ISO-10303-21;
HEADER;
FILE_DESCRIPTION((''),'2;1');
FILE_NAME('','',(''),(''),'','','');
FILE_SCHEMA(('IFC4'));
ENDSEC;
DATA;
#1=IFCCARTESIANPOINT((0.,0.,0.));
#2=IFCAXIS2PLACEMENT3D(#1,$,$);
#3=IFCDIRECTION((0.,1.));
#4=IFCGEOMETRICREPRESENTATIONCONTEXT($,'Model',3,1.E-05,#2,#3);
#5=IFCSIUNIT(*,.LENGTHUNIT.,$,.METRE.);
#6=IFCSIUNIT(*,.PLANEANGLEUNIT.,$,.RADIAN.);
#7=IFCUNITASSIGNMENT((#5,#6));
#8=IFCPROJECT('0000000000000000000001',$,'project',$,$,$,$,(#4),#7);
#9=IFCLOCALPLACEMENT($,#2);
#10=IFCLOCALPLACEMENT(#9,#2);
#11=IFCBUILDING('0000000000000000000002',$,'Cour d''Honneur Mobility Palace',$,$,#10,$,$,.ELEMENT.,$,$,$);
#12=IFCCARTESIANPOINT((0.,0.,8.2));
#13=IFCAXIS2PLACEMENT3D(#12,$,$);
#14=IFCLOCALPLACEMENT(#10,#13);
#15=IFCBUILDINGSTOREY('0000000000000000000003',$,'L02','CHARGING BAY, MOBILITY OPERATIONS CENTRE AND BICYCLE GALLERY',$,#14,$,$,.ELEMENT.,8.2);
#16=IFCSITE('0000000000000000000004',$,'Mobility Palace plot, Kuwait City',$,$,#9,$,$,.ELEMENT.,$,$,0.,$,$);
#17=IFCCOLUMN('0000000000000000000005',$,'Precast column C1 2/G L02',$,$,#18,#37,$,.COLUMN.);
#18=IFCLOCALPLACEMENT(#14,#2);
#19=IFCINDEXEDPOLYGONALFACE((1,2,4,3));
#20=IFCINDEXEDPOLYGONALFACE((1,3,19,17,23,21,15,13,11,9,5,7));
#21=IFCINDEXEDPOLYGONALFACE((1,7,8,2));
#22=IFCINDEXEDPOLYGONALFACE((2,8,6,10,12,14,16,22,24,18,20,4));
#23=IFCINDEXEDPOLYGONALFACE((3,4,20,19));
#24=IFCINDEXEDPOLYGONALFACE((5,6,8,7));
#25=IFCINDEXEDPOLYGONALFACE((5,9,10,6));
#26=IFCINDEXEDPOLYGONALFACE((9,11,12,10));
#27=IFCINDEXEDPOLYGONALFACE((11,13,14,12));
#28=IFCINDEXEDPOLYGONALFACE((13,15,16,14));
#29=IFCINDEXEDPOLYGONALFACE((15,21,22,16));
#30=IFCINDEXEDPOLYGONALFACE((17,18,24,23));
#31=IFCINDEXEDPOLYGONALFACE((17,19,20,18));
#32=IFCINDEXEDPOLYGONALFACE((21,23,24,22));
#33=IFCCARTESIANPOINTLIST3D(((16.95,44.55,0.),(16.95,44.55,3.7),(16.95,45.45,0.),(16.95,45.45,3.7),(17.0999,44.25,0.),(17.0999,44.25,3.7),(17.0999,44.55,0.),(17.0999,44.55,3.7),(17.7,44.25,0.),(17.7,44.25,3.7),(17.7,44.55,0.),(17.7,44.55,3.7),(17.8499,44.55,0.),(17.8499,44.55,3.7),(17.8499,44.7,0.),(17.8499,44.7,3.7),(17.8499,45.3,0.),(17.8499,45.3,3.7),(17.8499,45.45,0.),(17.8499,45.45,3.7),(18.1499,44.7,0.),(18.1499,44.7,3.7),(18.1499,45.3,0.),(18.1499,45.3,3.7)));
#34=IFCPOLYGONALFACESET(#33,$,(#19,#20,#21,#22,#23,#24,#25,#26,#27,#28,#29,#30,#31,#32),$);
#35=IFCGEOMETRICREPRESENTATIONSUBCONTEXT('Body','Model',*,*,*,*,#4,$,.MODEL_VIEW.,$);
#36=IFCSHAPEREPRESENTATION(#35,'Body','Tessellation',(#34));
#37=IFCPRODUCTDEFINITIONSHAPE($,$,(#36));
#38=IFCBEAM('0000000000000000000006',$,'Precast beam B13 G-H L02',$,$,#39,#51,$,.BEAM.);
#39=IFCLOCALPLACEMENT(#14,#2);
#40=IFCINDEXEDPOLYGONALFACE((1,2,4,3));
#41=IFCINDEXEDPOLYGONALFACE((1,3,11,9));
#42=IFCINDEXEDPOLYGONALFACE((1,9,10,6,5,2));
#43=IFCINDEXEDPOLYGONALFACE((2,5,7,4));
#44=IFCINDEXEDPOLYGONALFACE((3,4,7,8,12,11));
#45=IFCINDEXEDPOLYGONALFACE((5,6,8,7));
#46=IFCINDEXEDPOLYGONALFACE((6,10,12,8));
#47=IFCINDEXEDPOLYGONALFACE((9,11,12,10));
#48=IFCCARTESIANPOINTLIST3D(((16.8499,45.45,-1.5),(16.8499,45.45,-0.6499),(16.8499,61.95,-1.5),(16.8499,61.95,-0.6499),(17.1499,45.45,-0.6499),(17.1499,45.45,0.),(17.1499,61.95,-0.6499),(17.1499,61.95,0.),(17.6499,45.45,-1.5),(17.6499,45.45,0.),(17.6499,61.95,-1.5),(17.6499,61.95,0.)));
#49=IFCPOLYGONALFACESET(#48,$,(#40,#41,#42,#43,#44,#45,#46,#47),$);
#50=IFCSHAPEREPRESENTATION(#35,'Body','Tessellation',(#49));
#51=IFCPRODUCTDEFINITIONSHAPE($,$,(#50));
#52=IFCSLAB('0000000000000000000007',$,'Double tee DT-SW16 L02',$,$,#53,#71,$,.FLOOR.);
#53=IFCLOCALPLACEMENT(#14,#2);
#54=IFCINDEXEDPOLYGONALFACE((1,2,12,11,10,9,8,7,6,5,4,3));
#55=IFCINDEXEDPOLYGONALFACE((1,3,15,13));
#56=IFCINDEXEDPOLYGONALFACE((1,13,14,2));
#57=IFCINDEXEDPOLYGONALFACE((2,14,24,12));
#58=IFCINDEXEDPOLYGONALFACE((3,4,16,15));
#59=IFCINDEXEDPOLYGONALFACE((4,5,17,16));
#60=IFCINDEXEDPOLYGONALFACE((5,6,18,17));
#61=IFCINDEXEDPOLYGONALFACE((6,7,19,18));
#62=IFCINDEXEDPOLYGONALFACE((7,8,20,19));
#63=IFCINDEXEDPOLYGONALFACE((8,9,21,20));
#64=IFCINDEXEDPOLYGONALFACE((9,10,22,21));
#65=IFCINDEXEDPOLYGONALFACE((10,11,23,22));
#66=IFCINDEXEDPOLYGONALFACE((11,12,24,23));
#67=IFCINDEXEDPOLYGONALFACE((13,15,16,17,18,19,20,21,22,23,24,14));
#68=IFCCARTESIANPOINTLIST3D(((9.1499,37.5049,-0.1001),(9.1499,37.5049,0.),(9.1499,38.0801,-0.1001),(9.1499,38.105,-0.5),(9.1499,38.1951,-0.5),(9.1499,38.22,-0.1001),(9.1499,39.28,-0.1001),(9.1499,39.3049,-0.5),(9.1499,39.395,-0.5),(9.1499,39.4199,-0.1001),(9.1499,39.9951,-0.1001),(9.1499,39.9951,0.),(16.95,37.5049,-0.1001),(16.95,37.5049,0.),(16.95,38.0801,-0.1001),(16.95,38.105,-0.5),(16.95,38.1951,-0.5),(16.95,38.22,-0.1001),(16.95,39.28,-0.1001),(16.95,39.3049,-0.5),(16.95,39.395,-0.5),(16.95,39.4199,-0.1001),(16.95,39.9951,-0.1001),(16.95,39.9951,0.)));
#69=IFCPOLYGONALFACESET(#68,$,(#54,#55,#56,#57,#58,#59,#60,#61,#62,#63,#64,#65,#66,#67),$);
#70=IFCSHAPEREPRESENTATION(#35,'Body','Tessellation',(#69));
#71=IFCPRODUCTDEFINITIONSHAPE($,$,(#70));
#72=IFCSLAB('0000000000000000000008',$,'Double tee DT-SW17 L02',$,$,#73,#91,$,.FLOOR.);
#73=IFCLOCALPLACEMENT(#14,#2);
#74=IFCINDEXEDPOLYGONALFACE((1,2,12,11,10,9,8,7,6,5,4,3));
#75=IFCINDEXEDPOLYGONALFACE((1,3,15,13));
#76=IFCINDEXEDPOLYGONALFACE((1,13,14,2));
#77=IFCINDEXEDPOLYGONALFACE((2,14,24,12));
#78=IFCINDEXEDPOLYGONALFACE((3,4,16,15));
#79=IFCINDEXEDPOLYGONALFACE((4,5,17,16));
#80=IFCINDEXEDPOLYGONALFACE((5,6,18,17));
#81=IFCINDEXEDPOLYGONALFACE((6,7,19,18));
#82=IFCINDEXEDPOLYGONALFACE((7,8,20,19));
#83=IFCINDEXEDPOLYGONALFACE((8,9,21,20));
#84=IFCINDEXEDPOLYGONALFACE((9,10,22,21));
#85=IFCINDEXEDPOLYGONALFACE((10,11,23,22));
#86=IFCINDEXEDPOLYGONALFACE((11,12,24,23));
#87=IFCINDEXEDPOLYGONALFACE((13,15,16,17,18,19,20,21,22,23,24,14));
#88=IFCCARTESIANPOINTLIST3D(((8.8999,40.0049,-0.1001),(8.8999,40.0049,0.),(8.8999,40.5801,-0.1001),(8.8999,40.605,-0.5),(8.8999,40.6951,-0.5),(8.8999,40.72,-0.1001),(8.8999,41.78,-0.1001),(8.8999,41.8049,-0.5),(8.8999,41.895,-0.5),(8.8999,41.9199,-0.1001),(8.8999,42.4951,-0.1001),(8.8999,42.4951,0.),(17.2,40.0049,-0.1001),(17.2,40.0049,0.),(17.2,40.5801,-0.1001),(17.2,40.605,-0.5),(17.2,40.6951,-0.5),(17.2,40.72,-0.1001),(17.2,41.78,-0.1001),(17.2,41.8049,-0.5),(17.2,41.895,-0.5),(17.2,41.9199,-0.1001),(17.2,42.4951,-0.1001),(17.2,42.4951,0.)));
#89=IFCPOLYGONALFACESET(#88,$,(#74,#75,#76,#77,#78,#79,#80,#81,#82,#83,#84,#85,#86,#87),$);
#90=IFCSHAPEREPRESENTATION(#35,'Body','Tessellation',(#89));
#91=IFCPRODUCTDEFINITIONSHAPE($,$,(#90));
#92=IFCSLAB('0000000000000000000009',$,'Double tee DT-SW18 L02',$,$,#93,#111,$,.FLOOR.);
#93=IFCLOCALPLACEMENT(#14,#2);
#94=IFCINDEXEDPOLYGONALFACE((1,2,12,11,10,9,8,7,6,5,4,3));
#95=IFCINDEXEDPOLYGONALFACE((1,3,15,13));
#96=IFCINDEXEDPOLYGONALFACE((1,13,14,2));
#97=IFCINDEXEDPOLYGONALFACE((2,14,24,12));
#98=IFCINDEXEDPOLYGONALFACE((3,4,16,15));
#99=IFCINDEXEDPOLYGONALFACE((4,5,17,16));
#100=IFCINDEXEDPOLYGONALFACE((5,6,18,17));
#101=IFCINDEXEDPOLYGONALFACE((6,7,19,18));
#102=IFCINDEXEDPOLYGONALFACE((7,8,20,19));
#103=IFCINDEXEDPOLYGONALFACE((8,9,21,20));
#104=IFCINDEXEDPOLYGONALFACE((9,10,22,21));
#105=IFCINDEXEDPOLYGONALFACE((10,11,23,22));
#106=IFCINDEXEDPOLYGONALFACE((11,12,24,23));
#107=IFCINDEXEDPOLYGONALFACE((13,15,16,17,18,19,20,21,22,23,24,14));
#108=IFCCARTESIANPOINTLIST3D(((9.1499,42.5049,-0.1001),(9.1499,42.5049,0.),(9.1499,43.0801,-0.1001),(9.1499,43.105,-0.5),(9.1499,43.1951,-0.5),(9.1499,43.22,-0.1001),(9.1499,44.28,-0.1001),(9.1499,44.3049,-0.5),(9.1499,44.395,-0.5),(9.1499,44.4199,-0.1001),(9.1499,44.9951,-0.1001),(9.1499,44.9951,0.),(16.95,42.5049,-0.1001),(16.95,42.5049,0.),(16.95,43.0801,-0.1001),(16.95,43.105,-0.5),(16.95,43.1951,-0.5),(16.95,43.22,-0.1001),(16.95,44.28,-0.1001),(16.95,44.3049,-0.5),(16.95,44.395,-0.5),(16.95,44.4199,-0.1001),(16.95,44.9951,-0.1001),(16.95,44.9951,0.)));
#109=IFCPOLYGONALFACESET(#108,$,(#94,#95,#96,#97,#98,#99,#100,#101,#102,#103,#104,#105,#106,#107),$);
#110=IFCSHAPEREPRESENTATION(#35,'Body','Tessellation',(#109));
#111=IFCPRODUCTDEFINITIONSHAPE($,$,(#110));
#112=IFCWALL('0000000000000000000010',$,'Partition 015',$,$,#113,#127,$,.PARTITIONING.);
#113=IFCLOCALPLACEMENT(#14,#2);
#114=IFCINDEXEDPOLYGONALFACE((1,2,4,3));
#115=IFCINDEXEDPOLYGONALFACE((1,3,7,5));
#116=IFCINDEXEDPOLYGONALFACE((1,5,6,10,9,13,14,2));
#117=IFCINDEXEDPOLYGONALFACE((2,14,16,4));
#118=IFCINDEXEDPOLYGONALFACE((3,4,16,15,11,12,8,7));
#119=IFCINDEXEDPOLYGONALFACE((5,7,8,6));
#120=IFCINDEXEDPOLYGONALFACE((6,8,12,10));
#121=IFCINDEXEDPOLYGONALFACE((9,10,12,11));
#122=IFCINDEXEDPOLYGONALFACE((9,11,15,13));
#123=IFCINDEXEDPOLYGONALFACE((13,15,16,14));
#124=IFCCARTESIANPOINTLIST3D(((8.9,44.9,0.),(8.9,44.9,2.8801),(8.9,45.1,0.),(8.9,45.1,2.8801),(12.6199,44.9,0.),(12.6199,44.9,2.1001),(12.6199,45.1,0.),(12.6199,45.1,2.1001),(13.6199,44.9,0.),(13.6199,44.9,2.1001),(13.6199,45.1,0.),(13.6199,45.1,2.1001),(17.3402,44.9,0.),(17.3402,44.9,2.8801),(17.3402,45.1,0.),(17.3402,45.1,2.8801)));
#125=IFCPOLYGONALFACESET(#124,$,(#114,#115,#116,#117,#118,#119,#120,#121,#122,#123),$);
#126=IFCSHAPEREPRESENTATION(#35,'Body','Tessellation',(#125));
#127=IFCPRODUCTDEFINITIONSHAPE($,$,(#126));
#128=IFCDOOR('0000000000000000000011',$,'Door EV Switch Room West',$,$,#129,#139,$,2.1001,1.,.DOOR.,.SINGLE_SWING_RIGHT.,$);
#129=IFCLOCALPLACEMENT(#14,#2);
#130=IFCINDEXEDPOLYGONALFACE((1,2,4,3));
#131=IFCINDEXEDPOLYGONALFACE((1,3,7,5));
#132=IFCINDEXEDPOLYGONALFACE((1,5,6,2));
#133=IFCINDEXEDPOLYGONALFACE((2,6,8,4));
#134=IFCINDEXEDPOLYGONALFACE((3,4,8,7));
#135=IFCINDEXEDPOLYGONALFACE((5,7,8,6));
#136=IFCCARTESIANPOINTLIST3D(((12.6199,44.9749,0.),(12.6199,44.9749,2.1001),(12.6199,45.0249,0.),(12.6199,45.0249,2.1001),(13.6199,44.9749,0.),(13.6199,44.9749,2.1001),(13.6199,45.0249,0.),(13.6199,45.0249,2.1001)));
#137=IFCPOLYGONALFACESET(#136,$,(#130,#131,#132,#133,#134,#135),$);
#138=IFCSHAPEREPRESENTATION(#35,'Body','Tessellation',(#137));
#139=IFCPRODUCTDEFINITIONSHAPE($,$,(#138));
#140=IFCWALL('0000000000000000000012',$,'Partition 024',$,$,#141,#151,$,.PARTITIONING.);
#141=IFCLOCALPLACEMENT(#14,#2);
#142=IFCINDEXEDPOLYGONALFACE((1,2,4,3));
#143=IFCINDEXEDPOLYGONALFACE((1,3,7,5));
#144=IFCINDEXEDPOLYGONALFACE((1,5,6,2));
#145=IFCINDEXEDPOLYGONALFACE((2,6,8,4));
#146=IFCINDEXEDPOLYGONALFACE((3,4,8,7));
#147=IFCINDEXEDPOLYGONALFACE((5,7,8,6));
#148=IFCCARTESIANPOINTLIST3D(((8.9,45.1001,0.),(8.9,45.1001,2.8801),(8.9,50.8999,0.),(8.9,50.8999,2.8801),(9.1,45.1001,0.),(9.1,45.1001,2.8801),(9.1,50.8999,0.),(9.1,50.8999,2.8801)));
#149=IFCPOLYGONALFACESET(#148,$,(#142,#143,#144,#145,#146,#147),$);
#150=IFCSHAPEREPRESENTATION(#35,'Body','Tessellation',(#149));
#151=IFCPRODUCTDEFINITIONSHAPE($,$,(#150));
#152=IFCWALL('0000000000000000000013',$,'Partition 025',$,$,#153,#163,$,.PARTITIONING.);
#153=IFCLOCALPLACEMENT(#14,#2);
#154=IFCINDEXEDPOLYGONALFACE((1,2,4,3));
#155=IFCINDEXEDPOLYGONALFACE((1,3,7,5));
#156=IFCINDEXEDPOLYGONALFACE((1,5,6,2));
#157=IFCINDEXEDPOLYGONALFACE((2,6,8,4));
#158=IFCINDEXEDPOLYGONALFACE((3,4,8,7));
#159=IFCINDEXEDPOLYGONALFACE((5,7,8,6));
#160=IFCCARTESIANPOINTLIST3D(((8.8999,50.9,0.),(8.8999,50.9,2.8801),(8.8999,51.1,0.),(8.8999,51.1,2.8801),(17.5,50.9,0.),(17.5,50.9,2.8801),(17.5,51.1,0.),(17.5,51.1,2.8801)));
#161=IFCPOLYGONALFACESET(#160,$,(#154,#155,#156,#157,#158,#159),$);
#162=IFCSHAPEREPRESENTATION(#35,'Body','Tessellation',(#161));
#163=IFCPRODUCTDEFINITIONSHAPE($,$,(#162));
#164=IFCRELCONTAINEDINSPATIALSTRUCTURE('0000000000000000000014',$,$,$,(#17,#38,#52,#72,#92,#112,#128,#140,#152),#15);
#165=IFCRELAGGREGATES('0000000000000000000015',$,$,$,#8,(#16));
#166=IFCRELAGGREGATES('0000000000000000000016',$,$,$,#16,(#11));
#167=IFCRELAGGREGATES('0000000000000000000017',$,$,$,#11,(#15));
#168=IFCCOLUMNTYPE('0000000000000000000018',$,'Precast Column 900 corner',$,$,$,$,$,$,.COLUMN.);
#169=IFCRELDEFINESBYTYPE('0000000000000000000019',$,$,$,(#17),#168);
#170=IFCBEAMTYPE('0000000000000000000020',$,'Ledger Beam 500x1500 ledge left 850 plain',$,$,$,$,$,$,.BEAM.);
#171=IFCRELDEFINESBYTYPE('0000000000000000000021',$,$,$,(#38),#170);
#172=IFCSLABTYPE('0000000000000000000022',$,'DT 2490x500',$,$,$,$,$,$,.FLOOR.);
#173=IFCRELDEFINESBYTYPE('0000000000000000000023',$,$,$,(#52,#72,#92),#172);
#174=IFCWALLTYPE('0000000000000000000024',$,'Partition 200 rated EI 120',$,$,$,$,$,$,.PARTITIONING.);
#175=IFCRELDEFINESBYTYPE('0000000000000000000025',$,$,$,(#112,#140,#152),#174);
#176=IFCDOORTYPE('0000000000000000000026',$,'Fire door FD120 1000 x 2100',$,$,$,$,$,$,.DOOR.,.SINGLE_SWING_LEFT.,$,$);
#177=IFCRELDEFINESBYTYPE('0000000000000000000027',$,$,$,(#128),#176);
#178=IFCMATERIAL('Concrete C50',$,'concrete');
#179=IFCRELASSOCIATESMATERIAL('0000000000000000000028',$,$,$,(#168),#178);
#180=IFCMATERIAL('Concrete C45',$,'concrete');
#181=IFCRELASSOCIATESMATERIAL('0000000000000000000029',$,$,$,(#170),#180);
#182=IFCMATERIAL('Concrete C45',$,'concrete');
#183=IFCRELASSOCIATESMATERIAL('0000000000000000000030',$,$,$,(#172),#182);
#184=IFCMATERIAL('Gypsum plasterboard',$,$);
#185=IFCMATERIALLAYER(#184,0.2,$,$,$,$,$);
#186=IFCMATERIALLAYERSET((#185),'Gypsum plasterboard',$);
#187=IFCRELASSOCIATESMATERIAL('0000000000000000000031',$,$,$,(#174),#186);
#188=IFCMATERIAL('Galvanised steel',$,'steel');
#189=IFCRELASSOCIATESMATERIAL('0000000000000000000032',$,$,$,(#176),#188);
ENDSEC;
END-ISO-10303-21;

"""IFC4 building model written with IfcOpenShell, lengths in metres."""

from ifc_helpers import new_model, si_unit, direction, frame, frame_2d, origin, place, context, subcontext, project, spatial, polyline, rectangle, outline, extrude, material, layer, layer_set, material_profile, profile_set, type_object, element, fill, save


model = new_model("IFC4")

# Units and contexts
model_context = context("Model", 3, precision=1e-05, world=origin(), true_north=direction((0.0, 1.0)))
body_context = subcontext(model_context, "Body", "Model", "MODEL_VIEW")
ifc_project = project(units=[si_unit("LENGTHUNIT", "METRE"), si_unit("PLANEANGLEUNIT", "RADIAN")], contexts=[model_context])

# Site, building, storey
site_placement = place(None, origin())
site = spatial("IfcSite", under=ifc_project, at=site_placement, Name="Mobility Palace plot, Kuwait City", CompositionType="ELEMENT", RefElevation=0.0)
building_placement = place(site_placement, origin())
building = spatial("IfcBuilding", under=site, at=building_placement, Name="Cour d'Honneur Mobility Palace", CompositionType="ELEMENT")
storey_placement = place(building_placement, frame((0.0, 0.0, 8.2)))
storey = spatial("IfcBuildingStorey", under=building, at=storey_placement, Name="L02", Description="CHARGING BAY, MOBILITY OPERATIONS CENTRE AND BICYCLE GALLERY", CompositionType="ELEMENT", Elevation=8.2)

# Column
ifc_material_1 = material(Name="Concrete C50", Category="concrete")
ifc_material_profile_1 = material_profile(ifc_material_1, outline(polyline([(-0.45, -0.45), (0.45, -0.45), (0.45, -0.3), (0.75, -0.3), (0.75, 0.3), (0.45, 0.3), (0.45, 0.45), (0.3, 0.45), (0.3, 0.75), (-0.3, 0.75), (-0.3, 0.45), (-0.45, 0.45), (-0.45, -0.45)])), Name="PC C900 corner")
ifc_profile_set_1 = profile_set([ifc_material_profile_1], Name="Concrete C50")
column_type = type_object("IfcColumnType", Name="Precast Column 900 corner", PredefinedType="COLUMN", material=ifc_profile_set_1)
column_placement = place(storey_placement, frame((17.3999, 45.0, 0.0), z_axis=(0.0, 0.0, 1.0), x_axis=(0.0, -1.0, 0.0)))
element("IfcColumn", 1, at=column_placement, inside=storey, type_object=column_type, Name="Precast column C1 2/G L02", PredefinedType="COLUMN", context=body_context, shape_type="SweptSolid", body=[
    extrude(outline(polyline([(-0.45, -0.45), (0.45, -0.45), (0.45, -0.3), (0.75, -0.3), (0.75, 0.3), (0.45, 0.3), (0.45, 0.45), (0.3, 0.45), (0.3, 0.75), (-0.3, 0.75), (-0.3, 0.45), (-0.45, 0.45), (-0.45, -0.45)])), origin(), (0.0, 0.0, 1.0), 3.7),
])

# Beam
ifc_material_2 = material(Name="Concrete C45", Category="concrete")
ifc_material_profile_2 = material_profile(ifc_material_2, outline(polyline([(0.55, -1.5), (0.55, -0.6499), (0.25, -0.6499), (0.25, 0.0), (-0.25, 0.0), (-0.25, -1.5), (0.55, -1.5)])), Name="Ledger Beam 500x1500 ledge left 850 plain")
ifc_profile_set_2 = profile_set([ifc_material_profile_2], Name="Concrete C45")
beam_type = type_object("IfcBeamType", Name="Ledger Beam 500x1500 ledge left 850 plain", PredefinedType="BEAM", material=ifc_profile_set_2)
beam_placement = place(storey_placement, frame((17.3999, 45.45, 0.0), z_axis=(0.0, 1.0, 0.0), x_axis=(-1.0, 0.0, 0.0)))
element("IfcBeam", 2, at=beam_placement, inside=storey, type_object=beam_type, Name="Precast beam B13 G-H L02", PredefinedType="BEAM", context=body_context, shape_type="SweptSolid", body=[
    extrude(outline(polyline([(0.55, -1.5), (0.55, -0.6499), (0.25, -0.6499), (0.25, 0.0), (-0.25, 0.0), (-0.25, -1.5), (0.55, -1.5)])), origin(), (0.0, 0.0, 1.0), 16.5),
])

# Slabs
ifc_material_3 = material(Name="Concrete C45", Category="concrete")
ifc_material_profile_3 = material_profile(ifc_material_3, outline(polyline([(-1.2451, 0.0), (1.2451, 0.0), (1.2451, -0.1001), (0.6699, -0.1001), (0.645, -0.5), (0.5549, -0.5), (0.53, -0.1001), (-0.53, -0.1001), (-0.5549, -0.5), (-0.645, -0.5), (-0.6699, -0.1001), (-1.2451, -0.1001), (-1.2451, 0.0)])), Name="DT 2490x500")
ifc_profile_set_3 = profile_set([ifc_material_profile_3], Name="Concrete C45")
slab_type = type_object("IfcSlabType", Name="DT 2490x500", PredefinedType="FLOOR", material=ifc_profile_set_3)
slab_1_placement = place(storey_placement, frame((9.1499, 38.75, 0.0), z_axis=(1.0, 0.0, 0.0), x_axis=(0.0, 1.0, 0.0)))
element("IfcSlab", 3, at=slab_1_placement, inside=storey, type_object=slab_type, Name="Double tee DT-SW16 L02", PredefinedType="FLOOR", context=body_context, shape_type="SweptSolid", body=[
    extrude(outline(polyline([(-1.2451, 0.0), (1.2451, 0.0), (1.2451, -0.1001), (0.6699, -0.1001), (0.645, -0.5), (0.5549, -0.5), (0.53, -0.1001), (-0.53, -0.1001), (-0.5549, -0.5), (-0.645, -0.5), (-0.6699, -0.1001), (-1.2451, -0.1001), (-1.2451, 0.0)])), origin(), (0.0, 0.0, 1.0), 7.8),
])
slab_2_placement = place(storey_placement, frame((8.8999, 41.25, 0.0), z_axis=(1.0, 0.0, 0.0), x_axis=(0.0, 1.0, 0.0)))
element("IfcSlab", 4, at=slab_2_placement, inside=storey, type_object=slab_type, Name="Double tee DT-SW17 L02", PredefinedType="FLOOR", context=body_context, shape_type="SweptSolid", body=[
    extrude(outline(polyline([(-1.2451, 0.0), (1.2451, 0.0), (1.2451, -0.1001), (0.6699, -0.1001), (0.645, -0.5), (0.5549, -0.5), (0.53, -0.1001), (-0.53, -0.1001), (-0.5549, -0.5), (-0.645, -0.5), (-0.6699, -0.1001), (-1.2451, -0.1001), (-1.2451, 0.0)])), origin(), (0.0, 0.0, 1.0), 8.3),
])
slab_3_placement = place(storey_placement, frame((9.1499, 43.75, 0.0), z_axis=(1.0, 0.0, 0.0), x_axis=(0.0, 1.0, 0.0)))
element("IfcSlab", 5, at=slab_3_placement, inside=storey, type_object=slab_type, Name="Double tee DT-SW18 L02", PredefinedType="FLOOR", context=body_context, shape_type="SweptSolid", body=[
    extrude(outline(polyline([(-1.2451, 0.0), (1.2451, 0.0), (1.2451, -0.1001), (0.6699, -0.1001), (0.645, -0.5), (0.5549, -0.5), (0.53, -0.1001), (-0.53, -0.1001), (-0.5549, -0.5), (-0.645, -0.5), (-0.6699, -0.1001), (-1.2451, -0.1001), (-1.2451, 0.0)])), origin(), (0.0, 0.0, 1.0), 7.8),
])

# Wall, opening, door
ifc_material_4 = material(Name="Gypsum plasterboard")
ifc_layer_1 = layer(ifc_material_4, 0.2)
ifc_layer_set_1 = layer_set([ifc_layer_1], Name="Gypsum plasterboard")
wall_type_1 = type_object("IfcWallType", Name="Partition 200 rated EI 120", PredefinedType="PARTITIONING", material=ifc_layer_set_1)
wall_1_placement = place(storey_placement, frame((8.8999, 45.0, 0.0), z_axis=(0.0, 0.0, 1.0), x_axis=(1.0, 0.0, 0.0)))
wall_1 = element("IfcWall", 6, at=wall_1_placement, inside=storey, type_object=wall_type_1, Name="Partition 015", PredefinedType="PARTITIONING", context=body_context, shape_type="SweptSolid", body=[
    extrude(rectangle(XDim=8.4402, YDim=0.2, at=frame_2d((4.2202, 0.0))), origin(), (0.0, 0.0, 1.0), 2.8801),
])
opening_1_placement = place(wall_1_placement, frame((3.72, 0.0, 0.0)))
opening_1 = element("IfcOpeningElement", 7, at=opening_1_placement, cuts=wall_1, PredefinedType="OPENING", context=body_context, shape_type="SweptSolid", body=[
    extrude(rectangle(XDim=1.0, YDim=2.1001, at=frame_2d((0.5, 1.05))), frame((0.0, 0.1099, 0.0), z_axis=(0.0, -1.0, 0.0), x_axis=(1.0, 0.0, 0.0)), (0.0, 0.0, 1.0), 0.22),
])
ifc_material_5 = material(Name="Galvanised steel", Category="steel")
door_type = type_object("IfcDoorType", Name="Fire door FD120 1000 x 2100", OperationType="SINGLE_SWING_LEFT", PredefinedType="DOOR", material=ifc_material_5)
door_1_placement = place(opening_1_placement, origin())
door_1 = element("IfcDoor", 8, at=door_1_placement, inside=storey, type_object=door_type, Name="Door EV Switch Room West", OperationType="SINGLE_SWING_RIGHT", OverallHeight=2.1001, OverallWidth=1.0, PredefinedType="DOOR", context=body_context, shape_type="SweptSolid", body=[
    extrude(rectangle(XDim=1.0, YDim=2.1001, at=frame_2d((0.5, 1.05))), frame((0.0, 0.0249, 0.0), z_axis=(0.0, -1.0, 0.0), x_axis=(1.0, 0.0, 0.0)), (0.0, 0.0, 1.0), 0.05),
])
fill(opening_1, door_1)

# Walls
wall_2_placement = place(storey_placement, frame((9.0, 50.8999, 0.0), z_axis=(0.0, 0.0, 1.0), x_axis=(0.0, -1.0, 0.0)))
element("IfcWall", 9, at=wall_2_placement, inside=storey, type_object=wall_type_1, Name="Partition 024", PredefinedType="PARTITIONING", context=body_context, shape_type="SweptSolid", body=[
    extrude(rectangle(XDim=5.7998, YDim=0.2, at=frame_2d((2.8999, 0.0))), origin(), (0.0, 0.0, 1.0), 2.8801),
])
wall_3_placement = place(storey_placement, frame((17.5, 51.0, 0.0), z_axis=(0.0, 0.0, 1.0), x_axis=(-1.0, 0.0, 0.0)))
element("IfcWall", 10, at=wall_3_placement, inside=storey, type_object=wall_type_1, Name="Partition 025", PredefinedType="PARTITIONING", context=body_context, shape_type="SweptSolid", body=[
    extrude(rectangle(XDim=8.6001, YDim=0.2, at=frame_2d((4.3, 0.0))), origin(), (0.0, 0.0, 1.0), 2.8801),
])

save(model, "model.ifc")
